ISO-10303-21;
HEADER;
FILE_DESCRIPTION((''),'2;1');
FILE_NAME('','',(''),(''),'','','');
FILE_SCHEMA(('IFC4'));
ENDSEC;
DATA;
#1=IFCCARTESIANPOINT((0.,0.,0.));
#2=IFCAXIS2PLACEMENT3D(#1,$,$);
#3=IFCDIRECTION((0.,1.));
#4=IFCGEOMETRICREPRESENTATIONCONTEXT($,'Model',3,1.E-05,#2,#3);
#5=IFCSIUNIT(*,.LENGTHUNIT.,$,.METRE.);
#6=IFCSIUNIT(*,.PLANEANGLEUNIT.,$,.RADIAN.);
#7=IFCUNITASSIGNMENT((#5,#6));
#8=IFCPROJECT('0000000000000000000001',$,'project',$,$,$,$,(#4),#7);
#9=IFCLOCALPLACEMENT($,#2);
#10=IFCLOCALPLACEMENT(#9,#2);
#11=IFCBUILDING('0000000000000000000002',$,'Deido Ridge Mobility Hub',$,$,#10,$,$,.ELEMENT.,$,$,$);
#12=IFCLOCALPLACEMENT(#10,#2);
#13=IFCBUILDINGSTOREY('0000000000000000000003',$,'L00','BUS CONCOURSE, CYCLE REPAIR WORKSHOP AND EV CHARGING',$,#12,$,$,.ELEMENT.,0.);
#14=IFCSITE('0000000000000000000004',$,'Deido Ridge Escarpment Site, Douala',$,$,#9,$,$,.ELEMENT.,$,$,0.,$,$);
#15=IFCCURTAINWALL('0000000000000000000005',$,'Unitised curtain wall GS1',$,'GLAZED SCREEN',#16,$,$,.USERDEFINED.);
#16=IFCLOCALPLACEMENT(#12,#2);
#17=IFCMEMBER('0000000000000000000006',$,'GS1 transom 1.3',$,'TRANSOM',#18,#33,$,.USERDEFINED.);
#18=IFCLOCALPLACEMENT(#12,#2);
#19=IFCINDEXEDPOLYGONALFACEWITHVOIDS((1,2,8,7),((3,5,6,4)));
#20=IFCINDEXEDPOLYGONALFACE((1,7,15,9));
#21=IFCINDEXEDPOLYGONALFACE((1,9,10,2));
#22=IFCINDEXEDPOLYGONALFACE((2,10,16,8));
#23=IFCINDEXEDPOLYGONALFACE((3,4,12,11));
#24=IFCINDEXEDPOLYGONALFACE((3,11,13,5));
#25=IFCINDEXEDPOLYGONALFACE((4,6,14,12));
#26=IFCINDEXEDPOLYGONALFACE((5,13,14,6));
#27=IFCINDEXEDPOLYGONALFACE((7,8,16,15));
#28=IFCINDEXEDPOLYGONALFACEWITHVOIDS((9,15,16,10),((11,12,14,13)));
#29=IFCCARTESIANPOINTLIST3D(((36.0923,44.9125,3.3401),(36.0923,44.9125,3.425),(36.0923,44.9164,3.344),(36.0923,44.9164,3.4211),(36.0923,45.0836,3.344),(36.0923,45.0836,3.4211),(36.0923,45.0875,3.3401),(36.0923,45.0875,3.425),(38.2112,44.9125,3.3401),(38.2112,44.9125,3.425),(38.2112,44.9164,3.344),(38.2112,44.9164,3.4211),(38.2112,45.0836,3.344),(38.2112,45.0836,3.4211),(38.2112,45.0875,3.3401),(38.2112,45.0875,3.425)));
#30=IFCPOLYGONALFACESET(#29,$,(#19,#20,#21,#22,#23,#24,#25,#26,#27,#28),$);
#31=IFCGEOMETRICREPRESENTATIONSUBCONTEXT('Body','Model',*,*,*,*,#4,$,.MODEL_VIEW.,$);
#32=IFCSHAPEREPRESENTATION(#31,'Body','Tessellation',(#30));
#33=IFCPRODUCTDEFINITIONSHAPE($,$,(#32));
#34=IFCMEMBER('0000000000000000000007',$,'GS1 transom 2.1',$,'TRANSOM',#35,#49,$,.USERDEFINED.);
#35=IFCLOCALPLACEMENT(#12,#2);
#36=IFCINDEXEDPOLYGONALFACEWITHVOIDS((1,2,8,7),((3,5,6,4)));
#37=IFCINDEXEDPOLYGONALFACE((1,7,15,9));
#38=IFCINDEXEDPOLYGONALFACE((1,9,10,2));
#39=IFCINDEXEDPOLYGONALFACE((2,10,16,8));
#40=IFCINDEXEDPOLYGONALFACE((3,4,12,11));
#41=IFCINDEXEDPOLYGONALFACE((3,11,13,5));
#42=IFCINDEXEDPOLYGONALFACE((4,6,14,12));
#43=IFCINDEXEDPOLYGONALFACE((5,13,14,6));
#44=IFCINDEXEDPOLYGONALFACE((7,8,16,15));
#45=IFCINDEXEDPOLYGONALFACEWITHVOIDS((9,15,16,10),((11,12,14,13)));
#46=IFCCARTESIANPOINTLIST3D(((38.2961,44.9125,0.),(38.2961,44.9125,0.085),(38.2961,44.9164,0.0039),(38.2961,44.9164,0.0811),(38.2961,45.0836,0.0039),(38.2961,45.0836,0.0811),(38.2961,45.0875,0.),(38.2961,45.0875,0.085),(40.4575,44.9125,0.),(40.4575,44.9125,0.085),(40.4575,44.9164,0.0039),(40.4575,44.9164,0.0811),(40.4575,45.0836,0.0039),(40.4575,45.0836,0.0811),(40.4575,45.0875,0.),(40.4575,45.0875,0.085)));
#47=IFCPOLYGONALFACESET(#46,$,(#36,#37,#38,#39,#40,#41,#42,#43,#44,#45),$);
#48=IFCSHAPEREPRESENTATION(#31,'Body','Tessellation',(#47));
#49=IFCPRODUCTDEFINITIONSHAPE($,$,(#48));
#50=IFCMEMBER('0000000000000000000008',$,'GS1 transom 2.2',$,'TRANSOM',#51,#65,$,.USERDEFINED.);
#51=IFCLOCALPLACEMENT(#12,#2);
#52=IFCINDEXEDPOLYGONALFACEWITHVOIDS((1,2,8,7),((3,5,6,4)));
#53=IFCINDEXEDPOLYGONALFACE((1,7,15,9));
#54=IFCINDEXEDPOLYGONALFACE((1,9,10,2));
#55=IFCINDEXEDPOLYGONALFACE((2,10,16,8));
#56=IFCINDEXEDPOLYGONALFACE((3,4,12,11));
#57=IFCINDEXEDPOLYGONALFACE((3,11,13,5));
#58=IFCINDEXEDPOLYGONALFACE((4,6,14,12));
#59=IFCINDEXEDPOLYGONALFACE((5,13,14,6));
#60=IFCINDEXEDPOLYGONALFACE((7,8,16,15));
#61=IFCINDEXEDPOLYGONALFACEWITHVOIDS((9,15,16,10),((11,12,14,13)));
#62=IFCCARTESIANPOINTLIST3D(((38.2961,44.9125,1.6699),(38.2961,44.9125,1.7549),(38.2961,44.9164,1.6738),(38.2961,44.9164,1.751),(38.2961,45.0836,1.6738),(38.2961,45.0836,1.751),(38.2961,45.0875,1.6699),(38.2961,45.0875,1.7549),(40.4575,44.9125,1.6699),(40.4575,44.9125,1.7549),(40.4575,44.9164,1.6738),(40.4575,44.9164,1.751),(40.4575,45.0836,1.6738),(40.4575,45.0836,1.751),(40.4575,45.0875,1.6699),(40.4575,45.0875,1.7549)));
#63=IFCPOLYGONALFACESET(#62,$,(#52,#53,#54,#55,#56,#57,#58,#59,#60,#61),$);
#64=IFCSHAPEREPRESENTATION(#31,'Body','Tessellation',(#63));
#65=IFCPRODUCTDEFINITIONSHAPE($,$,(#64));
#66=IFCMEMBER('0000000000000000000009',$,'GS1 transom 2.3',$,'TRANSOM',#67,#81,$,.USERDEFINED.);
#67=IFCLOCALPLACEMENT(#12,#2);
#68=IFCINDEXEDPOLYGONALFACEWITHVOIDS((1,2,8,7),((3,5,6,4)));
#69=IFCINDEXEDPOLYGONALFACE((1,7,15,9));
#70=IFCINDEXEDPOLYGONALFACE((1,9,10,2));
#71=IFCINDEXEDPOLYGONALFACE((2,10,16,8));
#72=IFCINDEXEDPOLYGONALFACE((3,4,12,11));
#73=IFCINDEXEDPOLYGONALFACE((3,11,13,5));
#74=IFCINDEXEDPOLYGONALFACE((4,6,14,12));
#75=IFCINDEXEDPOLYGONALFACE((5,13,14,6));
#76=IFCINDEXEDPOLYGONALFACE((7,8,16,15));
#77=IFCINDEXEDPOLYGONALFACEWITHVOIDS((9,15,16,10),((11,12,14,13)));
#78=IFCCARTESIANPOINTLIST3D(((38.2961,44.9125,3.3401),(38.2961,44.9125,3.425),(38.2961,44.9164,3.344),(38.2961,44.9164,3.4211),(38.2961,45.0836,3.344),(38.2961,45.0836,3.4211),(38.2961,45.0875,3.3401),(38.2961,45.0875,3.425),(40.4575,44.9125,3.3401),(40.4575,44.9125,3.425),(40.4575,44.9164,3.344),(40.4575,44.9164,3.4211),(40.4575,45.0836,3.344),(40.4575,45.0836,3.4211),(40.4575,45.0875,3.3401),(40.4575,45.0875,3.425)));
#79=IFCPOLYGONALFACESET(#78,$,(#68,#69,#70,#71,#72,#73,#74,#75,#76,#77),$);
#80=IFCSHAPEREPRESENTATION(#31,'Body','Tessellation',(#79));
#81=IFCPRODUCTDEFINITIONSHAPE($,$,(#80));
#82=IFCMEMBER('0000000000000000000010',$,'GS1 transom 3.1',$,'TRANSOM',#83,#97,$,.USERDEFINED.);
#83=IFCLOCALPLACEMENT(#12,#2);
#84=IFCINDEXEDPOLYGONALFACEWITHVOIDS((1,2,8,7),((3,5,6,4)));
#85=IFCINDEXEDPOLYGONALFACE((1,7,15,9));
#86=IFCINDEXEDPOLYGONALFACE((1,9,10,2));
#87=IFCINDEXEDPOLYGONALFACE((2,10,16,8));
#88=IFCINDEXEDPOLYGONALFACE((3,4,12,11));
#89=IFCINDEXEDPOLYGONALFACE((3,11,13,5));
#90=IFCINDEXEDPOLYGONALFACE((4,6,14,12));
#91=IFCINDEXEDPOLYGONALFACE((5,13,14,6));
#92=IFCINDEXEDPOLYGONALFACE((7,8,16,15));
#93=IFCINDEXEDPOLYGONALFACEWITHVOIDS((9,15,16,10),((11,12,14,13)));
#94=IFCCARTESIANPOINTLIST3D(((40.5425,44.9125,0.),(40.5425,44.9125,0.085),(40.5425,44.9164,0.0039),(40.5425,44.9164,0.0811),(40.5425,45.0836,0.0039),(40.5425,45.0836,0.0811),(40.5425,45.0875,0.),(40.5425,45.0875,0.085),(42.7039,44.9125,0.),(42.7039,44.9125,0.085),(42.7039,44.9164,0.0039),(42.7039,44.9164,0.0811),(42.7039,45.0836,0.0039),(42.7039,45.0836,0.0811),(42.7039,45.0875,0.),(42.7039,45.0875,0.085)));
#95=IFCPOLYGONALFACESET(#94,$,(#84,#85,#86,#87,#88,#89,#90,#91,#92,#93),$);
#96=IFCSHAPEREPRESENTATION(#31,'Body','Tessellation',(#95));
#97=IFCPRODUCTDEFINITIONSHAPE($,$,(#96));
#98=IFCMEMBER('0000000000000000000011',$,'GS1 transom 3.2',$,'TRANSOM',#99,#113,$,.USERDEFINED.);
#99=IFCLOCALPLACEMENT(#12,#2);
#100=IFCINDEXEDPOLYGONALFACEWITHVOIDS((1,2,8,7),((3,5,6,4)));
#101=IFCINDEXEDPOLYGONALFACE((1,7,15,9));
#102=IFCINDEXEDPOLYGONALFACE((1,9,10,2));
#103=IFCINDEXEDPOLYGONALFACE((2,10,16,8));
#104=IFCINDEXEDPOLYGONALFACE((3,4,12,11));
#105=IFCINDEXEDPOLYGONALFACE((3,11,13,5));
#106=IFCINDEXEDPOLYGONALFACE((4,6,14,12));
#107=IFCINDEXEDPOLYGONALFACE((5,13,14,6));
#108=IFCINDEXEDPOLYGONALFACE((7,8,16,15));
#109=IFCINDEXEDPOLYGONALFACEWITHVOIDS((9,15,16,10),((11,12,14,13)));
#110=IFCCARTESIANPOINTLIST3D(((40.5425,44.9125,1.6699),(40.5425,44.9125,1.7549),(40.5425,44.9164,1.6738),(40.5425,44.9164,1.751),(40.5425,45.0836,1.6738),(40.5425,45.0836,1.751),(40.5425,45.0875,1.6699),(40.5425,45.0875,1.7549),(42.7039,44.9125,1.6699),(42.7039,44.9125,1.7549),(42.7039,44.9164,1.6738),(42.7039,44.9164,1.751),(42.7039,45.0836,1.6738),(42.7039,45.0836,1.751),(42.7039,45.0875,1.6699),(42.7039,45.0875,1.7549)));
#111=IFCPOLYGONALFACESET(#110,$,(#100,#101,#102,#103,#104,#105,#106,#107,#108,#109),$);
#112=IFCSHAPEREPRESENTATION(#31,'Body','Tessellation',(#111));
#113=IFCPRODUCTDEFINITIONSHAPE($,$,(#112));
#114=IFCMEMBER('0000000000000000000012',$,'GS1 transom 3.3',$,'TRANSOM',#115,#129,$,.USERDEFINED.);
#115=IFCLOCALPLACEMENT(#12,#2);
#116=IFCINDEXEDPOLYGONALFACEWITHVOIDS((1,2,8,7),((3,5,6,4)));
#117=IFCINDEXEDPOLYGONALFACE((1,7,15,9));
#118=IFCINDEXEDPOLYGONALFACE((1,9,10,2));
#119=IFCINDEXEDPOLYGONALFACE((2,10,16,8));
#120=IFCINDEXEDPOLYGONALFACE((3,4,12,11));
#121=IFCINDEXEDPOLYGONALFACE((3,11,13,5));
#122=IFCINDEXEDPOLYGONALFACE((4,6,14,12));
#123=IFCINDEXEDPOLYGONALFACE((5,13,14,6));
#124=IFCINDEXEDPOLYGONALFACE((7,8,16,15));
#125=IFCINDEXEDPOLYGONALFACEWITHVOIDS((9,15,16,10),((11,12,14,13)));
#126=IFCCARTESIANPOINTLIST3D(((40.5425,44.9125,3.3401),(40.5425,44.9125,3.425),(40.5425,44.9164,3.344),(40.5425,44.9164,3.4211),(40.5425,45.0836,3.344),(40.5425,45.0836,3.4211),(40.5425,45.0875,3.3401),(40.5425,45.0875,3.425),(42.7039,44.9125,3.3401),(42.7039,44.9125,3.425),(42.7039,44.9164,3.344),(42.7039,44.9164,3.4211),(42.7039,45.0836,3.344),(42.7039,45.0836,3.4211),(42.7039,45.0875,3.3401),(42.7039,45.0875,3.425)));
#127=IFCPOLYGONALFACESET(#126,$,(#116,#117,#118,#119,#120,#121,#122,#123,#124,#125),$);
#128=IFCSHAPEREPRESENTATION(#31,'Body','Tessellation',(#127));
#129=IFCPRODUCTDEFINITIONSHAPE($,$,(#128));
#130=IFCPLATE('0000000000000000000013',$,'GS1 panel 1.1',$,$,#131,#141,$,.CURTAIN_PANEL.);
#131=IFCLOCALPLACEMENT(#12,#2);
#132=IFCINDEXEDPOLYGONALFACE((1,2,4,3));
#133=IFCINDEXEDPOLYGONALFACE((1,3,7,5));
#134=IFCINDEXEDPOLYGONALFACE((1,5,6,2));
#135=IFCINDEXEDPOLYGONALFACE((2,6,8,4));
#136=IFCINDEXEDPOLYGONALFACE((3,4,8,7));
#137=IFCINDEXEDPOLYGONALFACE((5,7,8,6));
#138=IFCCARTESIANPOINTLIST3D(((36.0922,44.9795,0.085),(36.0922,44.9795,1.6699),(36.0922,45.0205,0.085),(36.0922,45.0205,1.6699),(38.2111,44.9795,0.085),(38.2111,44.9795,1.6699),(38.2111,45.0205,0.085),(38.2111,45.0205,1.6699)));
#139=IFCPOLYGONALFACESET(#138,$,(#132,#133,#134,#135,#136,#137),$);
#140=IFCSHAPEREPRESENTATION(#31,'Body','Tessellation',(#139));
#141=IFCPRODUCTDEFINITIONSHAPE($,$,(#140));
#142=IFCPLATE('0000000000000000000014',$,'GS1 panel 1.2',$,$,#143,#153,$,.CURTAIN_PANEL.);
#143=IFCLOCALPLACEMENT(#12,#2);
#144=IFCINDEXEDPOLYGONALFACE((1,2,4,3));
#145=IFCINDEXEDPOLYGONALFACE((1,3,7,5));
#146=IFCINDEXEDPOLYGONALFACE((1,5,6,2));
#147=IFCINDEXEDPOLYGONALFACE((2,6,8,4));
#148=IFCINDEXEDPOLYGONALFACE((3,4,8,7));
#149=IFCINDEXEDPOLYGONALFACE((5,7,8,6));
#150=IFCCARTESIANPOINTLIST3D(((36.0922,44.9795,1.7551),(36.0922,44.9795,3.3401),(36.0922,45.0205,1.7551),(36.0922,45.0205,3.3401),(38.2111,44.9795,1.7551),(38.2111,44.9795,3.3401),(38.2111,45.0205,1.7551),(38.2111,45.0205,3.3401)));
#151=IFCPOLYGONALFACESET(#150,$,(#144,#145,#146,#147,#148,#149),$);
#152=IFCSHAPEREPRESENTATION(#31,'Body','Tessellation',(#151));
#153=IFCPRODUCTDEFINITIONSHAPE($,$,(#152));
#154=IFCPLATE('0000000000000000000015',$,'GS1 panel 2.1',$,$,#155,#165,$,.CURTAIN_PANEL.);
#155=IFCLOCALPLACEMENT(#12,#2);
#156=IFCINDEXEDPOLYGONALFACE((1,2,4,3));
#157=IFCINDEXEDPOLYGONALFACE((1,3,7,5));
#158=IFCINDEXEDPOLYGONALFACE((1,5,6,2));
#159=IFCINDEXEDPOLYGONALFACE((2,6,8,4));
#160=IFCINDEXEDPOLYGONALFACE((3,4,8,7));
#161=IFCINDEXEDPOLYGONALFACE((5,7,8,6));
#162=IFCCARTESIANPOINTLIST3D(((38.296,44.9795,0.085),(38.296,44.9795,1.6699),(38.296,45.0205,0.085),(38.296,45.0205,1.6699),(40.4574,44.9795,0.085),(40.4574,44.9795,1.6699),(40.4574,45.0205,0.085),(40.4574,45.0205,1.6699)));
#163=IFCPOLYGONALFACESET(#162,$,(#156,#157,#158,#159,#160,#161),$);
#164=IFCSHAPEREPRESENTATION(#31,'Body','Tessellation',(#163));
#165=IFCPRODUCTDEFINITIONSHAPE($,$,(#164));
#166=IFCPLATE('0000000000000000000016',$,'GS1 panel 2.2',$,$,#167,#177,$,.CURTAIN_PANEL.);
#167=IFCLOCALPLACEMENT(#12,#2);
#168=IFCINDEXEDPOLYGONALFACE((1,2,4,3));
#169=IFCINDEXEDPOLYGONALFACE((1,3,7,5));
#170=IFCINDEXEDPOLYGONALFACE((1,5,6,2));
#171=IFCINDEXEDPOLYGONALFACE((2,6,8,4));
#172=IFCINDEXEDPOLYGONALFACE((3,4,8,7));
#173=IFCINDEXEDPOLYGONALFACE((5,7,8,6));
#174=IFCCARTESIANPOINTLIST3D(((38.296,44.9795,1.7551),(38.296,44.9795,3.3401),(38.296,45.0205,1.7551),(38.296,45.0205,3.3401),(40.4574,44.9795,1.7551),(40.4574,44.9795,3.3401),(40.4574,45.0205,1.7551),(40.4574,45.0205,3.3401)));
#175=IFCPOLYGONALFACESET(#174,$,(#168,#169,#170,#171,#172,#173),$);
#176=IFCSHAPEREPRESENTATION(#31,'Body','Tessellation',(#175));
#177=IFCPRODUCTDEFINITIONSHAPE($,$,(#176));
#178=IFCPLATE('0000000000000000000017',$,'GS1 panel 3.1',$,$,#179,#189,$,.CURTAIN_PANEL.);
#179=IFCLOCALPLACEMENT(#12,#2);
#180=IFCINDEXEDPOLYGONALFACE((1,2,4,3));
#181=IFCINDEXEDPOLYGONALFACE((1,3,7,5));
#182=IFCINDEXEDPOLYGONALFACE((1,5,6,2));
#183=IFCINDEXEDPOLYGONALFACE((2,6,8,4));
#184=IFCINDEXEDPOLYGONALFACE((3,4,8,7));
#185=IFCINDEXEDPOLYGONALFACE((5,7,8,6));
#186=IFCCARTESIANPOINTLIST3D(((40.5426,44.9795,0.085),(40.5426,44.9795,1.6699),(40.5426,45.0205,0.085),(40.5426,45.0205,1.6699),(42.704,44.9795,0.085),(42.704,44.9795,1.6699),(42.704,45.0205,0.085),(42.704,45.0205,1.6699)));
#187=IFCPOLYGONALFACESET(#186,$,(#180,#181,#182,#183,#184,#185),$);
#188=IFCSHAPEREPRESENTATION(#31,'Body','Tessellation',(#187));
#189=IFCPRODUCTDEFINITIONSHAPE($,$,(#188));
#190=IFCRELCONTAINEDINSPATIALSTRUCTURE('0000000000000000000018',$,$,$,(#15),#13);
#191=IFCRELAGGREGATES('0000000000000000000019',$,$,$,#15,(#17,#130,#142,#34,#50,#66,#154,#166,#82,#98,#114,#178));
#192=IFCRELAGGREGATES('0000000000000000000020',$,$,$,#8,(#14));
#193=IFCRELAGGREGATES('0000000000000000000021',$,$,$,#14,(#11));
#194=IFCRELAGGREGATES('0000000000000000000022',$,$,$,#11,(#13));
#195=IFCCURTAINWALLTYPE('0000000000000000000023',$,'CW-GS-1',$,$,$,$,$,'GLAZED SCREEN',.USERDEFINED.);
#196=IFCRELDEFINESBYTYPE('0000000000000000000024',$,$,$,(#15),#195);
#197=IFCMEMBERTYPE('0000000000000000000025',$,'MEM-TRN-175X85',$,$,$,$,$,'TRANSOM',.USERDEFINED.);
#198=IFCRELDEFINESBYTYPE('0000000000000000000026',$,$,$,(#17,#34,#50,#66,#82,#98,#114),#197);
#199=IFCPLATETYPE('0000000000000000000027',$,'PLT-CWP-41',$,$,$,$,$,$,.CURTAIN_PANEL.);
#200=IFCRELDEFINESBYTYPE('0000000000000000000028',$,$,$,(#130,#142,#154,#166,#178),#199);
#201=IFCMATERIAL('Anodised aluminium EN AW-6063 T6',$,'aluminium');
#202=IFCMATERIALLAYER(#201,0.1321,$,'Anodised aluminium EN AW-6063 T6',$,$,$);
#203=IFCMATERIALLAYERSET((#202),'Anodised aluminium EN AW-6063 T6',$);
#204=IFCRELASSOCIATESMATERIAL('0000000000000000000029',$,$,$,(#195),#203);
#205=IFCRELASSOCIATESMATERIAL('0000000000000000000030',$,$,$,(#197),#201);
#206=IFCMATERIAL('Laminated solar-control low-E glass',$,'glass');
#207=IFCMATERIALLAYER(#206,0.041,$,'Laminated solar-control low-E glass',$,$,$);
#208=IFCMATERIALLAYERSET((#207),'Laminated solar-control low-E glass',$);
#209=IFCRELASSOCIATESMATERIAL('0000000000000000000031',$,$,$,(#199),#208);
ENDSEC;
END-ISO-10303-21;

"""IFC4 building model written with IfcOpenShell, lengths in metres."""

from ifc_helpers import new_model, si_unit, direction, frame, origin, origin_2d, place, context, subcontext, project, spatial, rectangle, hollow_rectangle, extrude, material, layer, layer_set, material_profile, profile_set, type_object, element, aggregate, save


model = new_model("IFC4")

# Units and contexts
model_context = context("Model", 3, precision=1e-05, world=origin(), true_north=direction((0.0, 1.0)))
body_context = subcontext(model_context, "Body", "Model", "MODEL_VIEW")
ifc_project = project(units=[si_unit("LENGTHUNIT", "METRE"), si_unit("PLANEANGLEUNIT", "RADIAN")], contexts=[model_context])

# Site, building, storey
site_placement = place(None, origin())
site = spatial("IfcSite", under=ifc_project, at=site_placement, Name="Deido Ridge Escarpment Site, Douala", CompositionType="ELEMENT", RefElevation=0.0)
building_placement = place(site_placement, origin())
building = spatial("IfcBuilding", under=site, at=building_placement, Name="Deido Ridge Mobility Hub", CompositionType="ELEMENT")
storey_placement = place(building_placement, origin())
storey = spatial("IfcBuildingStorey", under=building, at=storey_placement, Name="L00", Description="BUS CONCOURSE, CYCLE REPAIR WORKSHOP AND EV CHARGING", CompositionType="ELEMENT", Elevation=0.0)

# Curtain wall, members, plates
ifc_material_1 = material(Name="Anodised aluminium EN AW-6063 T6", Category="aluminium")
ifc_layer_1 = layer(ifc_material_1, 0.1321, Name="Anodised aluminium EN AW-6063 T6")
ifc_layer_set_1 = layer_set([ifc_layer_1], Name="Anodised aluminium EN AW-6063 T6")
curtain_wall_type = type_object("IfcCurtainWallType", Name="CW-GS-1", ElementType="GLAZED SCREEN", PredefinedType="USERDEFINED", material=ifc_layer_set_1)
curtain_wall_placement = place(storey_placement, origin())
curtain_wall = element("IfcCurtainWall", 1, at=curtain_wall_placement, inside=storey, type_object=curtain_wall_type, Name="Unitised curtain wall GS1", ObjectType="GLAZED SCREEN", PredefinedType="USERDEFINED")
ifc_material_profile_1 = material_profile(ifc_material_1, hollow_rectangle(XDim=0.175, YDim=0.085, WallThickness=0.0039, at=origin_2d()), Name="RHS 175x85x4")
ifc_profile_set_1 = profile_set([ifc_material_profile_1], Name="Anodised aluminium EN AW-6063 T6")
member_type_1 = type_object("IfcMemberType", Name="MEM-TRN-175X85", ElementType="TRANSOM", PredefinedType="USERDEFINED", material=ifc_profile_set_1)
member_1_placement = place(storey_placement, frame((36.0923, 45.0, 3.3826), z_axis=(1.0, 0.0, 0.0), x_axis=(0.0, 1.0, 0.0)))
member_1 = element("IfcMember", 2, at=member_1_placement, type_object=member_type_1, Name="GS1 transom 1.3", ObjectType="TRANSOM", PredefinedType="USERDEFINED", context=body_context, shape_type="SweptSolid", body=[
    extrude(hollow_rectangle(XDim=0.175, YDim=0.085, WallThickness=0.0039, at=origin_2d()), origin(), (0.0, 0.0, 1.0), 2.1189),
])
member_2_placement = place(storey_placement, frame((38.2961, 45.0, 0.0425), z_axis=(1.0, 0.0, 0.0), x_axis=(0.0, 1.0, 0.0)))
member_2 = element("IfcMember", 3, at=member_2_placement, type_object=member_type_1, Name="GS1 transom 2.1", ObjectType="TRANSOM", PredefinedType="USERDEFINED", context=body_context, shape_type="SweptSolid", body=[
    extrude(hollow_rectangle(XDim=0.175, YDim=0.085, WallThickness=0.0039, at=origin_2d()), origin(), (0.0, 0.0, 1.0), 2.1614),
])
member_3_placement = place(storey_placement, frame((38.2961, 45.0, 1.7124), z_axis=(1.0, 0.0, 0.0), x_axis=(0.0, 1.0, 0.0)))
member_3 = element("IfcMember", 4, at=member_3_placement, type_object=member_type_1, Name="GS1 transom 2.2", ObjectType="TRANSOM", PredefinedType="USERDEFINED", context=body_context, shape_type="SweptSolid", body=[
    extrude(hollow_rectangle(XDim=0.175, YDim=0.085, WallThickness=0.0039, at=origin_2d()), origin(), (0.0, 0.0, 1.0), 2.1614),
])
member_4_placement = place(storey_placement, frame((38.2961, 45.0, 3.3826), z_axis=(1.0, 0.0, 0.0), x_axis=(0.0, 1.0, 0.0)))
member_4 = element("IfcMember", 5, at=member_4_placement, type_object=member_type_1, Name="GS1 transom 2.3", ObjectType="TRANSOM", PredefinedType="USERDEFINED", context=body_context, shape_type="SweptSolid", body=[
    extrude(hollow_rectangle(XDim=0.175, YDim=0.085, WallThickness=0.0039, at=origin_2d()), origin(), (0.0, 0.0, 1.0), 2.1614),
])
member_5_placement = place(storey_placement, frame((40.5425, 45.0, 0.0425), z_axis=(1.0, 0.0, 0.0), x_axis=(0.0, 1.0, 0.0)))
member_5 = element("IfcMember", 6, at=member_5_placement, type_object=member_type_1, Name="GS1 transom 3.1", ObjectType="TRANSOM", PredefinedType="USERDEFINED", context=body_context, shape_type="SweptSolid", body=[
    extrude(hollow_rectangle(XDim=0.175, YDim=0.085, WallThickness=0.0039, at=origin_2d()), origin(), (0.0, 0.0, 1.0), 2.1614),
])
member_6_placement = place(storey_placement, frame((40.5425, 45.0, 1.7124), z_axis=(1.0, 0.0, 0.0), x_axis=(0.0, 1.0, 0.0)))
member_6 = element("IfcMember", 7, at=member_6_placement, type_object=member_type_1, Name="GS1 transom 3.2", ObjectType="TRANSOM", PredefinedType="USERDEFINED", context=body_context, shape_type="SweptSolid", body=[
    extrude(hollow_rectangle(XDim=0.175, YDim=0.085, WallThickness=0.0039, at=origin_2d()), origin(), (0.0, 0.0, 1.0), 2.1614),
])
member_7_placement = place(storey_placement, frame((40.5425, 45.0, 3.3826), z_axis=(1.0, 0.0, 0.0), x_axis=(0.0, 1.0, 0.0)))
member_7 = element("IfcMember", 8, at=member_7_placement, type_object=member_type_1, Name="GS1 transom 3.3", ObjectType="TRANSOM", PredefinedType="USERDEFINED", context=body_context, shape_type="SweptSolid", body=[
    extrude(hollow_rectangle(XDim=0.175, YDim=0.085, WallThickness=0.0039, at=origin_2d()), origin(), (0.0, 0.0, 1.0), 2.1614),
])
ifc_material_2 = material(Name="Laminated solar-control low-E glass", Category="glass")
ifc_layer_2 = layer(ifc_material_2, 0.041, Name="Laminated solar-control low-E glass")
ifc_layer_set_2 = layer_set([ifc_layer_2], Name="Laminated solar-control low-E glass")
plate_type = type_object("IfcPlateType", Name="PLT-CWP-41", PredefinedType="CURTAIN_PANEL", material=ifc_layer_set_2)
plate_1_placement = place(storey_placement, frame((37.1516, 45.0, 0.085), z_axis=(0.0, 0.0, 1.0), x_axis=(1.0, 0.0, 0.0)))
plate_1 = element("IfcPlate", 9, at=plate_1_placement, type_object=plate_type, Name="GS1 panel 1.1", PredefinedType="CURTAIN_PANEL", context=body_context, shape_type="SweptSolid", body=[
    extrude(rectangle(XDim=2.1189, YDim=0.041, at=origin_2d()), origin(), (0.0, 0.0, 1.0), 1.585),
])
plate_2_placement = place(storey_placement, frame((37.1516, 45.0, 1.7551), z_axis=(0.0, 0.0, 1.0), x_axis=(1.0, 0.0, 0.0)))
plate_2 = element("IfcPlate", 10, at=plate_2_placement, type_object=plate_type, Name="GS1 panel 1.2", PredefinedType="CURTAIN_PANEL", context=body_context, shape_type="SweptSolid", body=[
    extrude(rectangle(XDim=2.1189, YDim=0.041, at=origin_2d()), origin(), (0.0, 0.0, 1.0), 1.585),
])
plate_3_placement = place(storey_placement, frame((39.3767, 45.0, 0.085), z_axis=(0.0, 0.0, 1.0), x_axis=(1.0, 0.0, 0.0)))
plate_3 = element("IfcPlate", 11, at=plate_3_placement, type_object=plate_type, Name="GS1 panel 2.1", PredefinedType="CURTAIN_PANEL", context=body_context, shape_type="SweptSolid", body=[
    extrude(rectangle(XDim=2.1614, YDim=0.041, at=origin_2d()), origin(), (0.0, 0.0, 1.0), 1.585),
])
plate_4_placement = place(storey_placement, frame((39.3767, 45.0, 1.7551), z_axis=(0.0, 0.0, 1.0), x_axis=(1.0, 0.0, 0.0)))
plate_4 = element("IfcPlate", 12, at=plate_4_placement, type_object=plate_type, Name="GS1 panel 2.2", PredefinedType="CURTAIN_PANEL", context=body_context, shape_type="SweptSolid", body=[
    extrude(rectangle(XDim=2.1614, YDim=0.041, at=origin_2d()), origin(), (0.0, 0.0, 1.0), 1.585),
])
plate_5_placement = place(storey_placement, frame((41.6233, 45.0, 0.085), z_axis=(0.0, 0.0, 1.0), x_axis=(1.0, 0.0, 0.0)))
plate_5 = element("IfcPlate", 13, at=plate_5_placement, type_object=plate_type, Name="GS1 panel 3.1", PredefinedType="CURTAIN_PANEL", context=body_context, shape_type="SweptSolid", body=[
    extrude(rectangle(XDim=2.1614, YDim=0.041, at=origin_2d()), origin(), (0.0, 0.0, 1.0), 1.585),
])
aggregate(curtain_wall, [member_1, plate_1, plate_2, member_2, member_3, member_4, plate_3, plate_4, member_5, member_6, member_7, plate_5])

save(model, "model.ifc")
